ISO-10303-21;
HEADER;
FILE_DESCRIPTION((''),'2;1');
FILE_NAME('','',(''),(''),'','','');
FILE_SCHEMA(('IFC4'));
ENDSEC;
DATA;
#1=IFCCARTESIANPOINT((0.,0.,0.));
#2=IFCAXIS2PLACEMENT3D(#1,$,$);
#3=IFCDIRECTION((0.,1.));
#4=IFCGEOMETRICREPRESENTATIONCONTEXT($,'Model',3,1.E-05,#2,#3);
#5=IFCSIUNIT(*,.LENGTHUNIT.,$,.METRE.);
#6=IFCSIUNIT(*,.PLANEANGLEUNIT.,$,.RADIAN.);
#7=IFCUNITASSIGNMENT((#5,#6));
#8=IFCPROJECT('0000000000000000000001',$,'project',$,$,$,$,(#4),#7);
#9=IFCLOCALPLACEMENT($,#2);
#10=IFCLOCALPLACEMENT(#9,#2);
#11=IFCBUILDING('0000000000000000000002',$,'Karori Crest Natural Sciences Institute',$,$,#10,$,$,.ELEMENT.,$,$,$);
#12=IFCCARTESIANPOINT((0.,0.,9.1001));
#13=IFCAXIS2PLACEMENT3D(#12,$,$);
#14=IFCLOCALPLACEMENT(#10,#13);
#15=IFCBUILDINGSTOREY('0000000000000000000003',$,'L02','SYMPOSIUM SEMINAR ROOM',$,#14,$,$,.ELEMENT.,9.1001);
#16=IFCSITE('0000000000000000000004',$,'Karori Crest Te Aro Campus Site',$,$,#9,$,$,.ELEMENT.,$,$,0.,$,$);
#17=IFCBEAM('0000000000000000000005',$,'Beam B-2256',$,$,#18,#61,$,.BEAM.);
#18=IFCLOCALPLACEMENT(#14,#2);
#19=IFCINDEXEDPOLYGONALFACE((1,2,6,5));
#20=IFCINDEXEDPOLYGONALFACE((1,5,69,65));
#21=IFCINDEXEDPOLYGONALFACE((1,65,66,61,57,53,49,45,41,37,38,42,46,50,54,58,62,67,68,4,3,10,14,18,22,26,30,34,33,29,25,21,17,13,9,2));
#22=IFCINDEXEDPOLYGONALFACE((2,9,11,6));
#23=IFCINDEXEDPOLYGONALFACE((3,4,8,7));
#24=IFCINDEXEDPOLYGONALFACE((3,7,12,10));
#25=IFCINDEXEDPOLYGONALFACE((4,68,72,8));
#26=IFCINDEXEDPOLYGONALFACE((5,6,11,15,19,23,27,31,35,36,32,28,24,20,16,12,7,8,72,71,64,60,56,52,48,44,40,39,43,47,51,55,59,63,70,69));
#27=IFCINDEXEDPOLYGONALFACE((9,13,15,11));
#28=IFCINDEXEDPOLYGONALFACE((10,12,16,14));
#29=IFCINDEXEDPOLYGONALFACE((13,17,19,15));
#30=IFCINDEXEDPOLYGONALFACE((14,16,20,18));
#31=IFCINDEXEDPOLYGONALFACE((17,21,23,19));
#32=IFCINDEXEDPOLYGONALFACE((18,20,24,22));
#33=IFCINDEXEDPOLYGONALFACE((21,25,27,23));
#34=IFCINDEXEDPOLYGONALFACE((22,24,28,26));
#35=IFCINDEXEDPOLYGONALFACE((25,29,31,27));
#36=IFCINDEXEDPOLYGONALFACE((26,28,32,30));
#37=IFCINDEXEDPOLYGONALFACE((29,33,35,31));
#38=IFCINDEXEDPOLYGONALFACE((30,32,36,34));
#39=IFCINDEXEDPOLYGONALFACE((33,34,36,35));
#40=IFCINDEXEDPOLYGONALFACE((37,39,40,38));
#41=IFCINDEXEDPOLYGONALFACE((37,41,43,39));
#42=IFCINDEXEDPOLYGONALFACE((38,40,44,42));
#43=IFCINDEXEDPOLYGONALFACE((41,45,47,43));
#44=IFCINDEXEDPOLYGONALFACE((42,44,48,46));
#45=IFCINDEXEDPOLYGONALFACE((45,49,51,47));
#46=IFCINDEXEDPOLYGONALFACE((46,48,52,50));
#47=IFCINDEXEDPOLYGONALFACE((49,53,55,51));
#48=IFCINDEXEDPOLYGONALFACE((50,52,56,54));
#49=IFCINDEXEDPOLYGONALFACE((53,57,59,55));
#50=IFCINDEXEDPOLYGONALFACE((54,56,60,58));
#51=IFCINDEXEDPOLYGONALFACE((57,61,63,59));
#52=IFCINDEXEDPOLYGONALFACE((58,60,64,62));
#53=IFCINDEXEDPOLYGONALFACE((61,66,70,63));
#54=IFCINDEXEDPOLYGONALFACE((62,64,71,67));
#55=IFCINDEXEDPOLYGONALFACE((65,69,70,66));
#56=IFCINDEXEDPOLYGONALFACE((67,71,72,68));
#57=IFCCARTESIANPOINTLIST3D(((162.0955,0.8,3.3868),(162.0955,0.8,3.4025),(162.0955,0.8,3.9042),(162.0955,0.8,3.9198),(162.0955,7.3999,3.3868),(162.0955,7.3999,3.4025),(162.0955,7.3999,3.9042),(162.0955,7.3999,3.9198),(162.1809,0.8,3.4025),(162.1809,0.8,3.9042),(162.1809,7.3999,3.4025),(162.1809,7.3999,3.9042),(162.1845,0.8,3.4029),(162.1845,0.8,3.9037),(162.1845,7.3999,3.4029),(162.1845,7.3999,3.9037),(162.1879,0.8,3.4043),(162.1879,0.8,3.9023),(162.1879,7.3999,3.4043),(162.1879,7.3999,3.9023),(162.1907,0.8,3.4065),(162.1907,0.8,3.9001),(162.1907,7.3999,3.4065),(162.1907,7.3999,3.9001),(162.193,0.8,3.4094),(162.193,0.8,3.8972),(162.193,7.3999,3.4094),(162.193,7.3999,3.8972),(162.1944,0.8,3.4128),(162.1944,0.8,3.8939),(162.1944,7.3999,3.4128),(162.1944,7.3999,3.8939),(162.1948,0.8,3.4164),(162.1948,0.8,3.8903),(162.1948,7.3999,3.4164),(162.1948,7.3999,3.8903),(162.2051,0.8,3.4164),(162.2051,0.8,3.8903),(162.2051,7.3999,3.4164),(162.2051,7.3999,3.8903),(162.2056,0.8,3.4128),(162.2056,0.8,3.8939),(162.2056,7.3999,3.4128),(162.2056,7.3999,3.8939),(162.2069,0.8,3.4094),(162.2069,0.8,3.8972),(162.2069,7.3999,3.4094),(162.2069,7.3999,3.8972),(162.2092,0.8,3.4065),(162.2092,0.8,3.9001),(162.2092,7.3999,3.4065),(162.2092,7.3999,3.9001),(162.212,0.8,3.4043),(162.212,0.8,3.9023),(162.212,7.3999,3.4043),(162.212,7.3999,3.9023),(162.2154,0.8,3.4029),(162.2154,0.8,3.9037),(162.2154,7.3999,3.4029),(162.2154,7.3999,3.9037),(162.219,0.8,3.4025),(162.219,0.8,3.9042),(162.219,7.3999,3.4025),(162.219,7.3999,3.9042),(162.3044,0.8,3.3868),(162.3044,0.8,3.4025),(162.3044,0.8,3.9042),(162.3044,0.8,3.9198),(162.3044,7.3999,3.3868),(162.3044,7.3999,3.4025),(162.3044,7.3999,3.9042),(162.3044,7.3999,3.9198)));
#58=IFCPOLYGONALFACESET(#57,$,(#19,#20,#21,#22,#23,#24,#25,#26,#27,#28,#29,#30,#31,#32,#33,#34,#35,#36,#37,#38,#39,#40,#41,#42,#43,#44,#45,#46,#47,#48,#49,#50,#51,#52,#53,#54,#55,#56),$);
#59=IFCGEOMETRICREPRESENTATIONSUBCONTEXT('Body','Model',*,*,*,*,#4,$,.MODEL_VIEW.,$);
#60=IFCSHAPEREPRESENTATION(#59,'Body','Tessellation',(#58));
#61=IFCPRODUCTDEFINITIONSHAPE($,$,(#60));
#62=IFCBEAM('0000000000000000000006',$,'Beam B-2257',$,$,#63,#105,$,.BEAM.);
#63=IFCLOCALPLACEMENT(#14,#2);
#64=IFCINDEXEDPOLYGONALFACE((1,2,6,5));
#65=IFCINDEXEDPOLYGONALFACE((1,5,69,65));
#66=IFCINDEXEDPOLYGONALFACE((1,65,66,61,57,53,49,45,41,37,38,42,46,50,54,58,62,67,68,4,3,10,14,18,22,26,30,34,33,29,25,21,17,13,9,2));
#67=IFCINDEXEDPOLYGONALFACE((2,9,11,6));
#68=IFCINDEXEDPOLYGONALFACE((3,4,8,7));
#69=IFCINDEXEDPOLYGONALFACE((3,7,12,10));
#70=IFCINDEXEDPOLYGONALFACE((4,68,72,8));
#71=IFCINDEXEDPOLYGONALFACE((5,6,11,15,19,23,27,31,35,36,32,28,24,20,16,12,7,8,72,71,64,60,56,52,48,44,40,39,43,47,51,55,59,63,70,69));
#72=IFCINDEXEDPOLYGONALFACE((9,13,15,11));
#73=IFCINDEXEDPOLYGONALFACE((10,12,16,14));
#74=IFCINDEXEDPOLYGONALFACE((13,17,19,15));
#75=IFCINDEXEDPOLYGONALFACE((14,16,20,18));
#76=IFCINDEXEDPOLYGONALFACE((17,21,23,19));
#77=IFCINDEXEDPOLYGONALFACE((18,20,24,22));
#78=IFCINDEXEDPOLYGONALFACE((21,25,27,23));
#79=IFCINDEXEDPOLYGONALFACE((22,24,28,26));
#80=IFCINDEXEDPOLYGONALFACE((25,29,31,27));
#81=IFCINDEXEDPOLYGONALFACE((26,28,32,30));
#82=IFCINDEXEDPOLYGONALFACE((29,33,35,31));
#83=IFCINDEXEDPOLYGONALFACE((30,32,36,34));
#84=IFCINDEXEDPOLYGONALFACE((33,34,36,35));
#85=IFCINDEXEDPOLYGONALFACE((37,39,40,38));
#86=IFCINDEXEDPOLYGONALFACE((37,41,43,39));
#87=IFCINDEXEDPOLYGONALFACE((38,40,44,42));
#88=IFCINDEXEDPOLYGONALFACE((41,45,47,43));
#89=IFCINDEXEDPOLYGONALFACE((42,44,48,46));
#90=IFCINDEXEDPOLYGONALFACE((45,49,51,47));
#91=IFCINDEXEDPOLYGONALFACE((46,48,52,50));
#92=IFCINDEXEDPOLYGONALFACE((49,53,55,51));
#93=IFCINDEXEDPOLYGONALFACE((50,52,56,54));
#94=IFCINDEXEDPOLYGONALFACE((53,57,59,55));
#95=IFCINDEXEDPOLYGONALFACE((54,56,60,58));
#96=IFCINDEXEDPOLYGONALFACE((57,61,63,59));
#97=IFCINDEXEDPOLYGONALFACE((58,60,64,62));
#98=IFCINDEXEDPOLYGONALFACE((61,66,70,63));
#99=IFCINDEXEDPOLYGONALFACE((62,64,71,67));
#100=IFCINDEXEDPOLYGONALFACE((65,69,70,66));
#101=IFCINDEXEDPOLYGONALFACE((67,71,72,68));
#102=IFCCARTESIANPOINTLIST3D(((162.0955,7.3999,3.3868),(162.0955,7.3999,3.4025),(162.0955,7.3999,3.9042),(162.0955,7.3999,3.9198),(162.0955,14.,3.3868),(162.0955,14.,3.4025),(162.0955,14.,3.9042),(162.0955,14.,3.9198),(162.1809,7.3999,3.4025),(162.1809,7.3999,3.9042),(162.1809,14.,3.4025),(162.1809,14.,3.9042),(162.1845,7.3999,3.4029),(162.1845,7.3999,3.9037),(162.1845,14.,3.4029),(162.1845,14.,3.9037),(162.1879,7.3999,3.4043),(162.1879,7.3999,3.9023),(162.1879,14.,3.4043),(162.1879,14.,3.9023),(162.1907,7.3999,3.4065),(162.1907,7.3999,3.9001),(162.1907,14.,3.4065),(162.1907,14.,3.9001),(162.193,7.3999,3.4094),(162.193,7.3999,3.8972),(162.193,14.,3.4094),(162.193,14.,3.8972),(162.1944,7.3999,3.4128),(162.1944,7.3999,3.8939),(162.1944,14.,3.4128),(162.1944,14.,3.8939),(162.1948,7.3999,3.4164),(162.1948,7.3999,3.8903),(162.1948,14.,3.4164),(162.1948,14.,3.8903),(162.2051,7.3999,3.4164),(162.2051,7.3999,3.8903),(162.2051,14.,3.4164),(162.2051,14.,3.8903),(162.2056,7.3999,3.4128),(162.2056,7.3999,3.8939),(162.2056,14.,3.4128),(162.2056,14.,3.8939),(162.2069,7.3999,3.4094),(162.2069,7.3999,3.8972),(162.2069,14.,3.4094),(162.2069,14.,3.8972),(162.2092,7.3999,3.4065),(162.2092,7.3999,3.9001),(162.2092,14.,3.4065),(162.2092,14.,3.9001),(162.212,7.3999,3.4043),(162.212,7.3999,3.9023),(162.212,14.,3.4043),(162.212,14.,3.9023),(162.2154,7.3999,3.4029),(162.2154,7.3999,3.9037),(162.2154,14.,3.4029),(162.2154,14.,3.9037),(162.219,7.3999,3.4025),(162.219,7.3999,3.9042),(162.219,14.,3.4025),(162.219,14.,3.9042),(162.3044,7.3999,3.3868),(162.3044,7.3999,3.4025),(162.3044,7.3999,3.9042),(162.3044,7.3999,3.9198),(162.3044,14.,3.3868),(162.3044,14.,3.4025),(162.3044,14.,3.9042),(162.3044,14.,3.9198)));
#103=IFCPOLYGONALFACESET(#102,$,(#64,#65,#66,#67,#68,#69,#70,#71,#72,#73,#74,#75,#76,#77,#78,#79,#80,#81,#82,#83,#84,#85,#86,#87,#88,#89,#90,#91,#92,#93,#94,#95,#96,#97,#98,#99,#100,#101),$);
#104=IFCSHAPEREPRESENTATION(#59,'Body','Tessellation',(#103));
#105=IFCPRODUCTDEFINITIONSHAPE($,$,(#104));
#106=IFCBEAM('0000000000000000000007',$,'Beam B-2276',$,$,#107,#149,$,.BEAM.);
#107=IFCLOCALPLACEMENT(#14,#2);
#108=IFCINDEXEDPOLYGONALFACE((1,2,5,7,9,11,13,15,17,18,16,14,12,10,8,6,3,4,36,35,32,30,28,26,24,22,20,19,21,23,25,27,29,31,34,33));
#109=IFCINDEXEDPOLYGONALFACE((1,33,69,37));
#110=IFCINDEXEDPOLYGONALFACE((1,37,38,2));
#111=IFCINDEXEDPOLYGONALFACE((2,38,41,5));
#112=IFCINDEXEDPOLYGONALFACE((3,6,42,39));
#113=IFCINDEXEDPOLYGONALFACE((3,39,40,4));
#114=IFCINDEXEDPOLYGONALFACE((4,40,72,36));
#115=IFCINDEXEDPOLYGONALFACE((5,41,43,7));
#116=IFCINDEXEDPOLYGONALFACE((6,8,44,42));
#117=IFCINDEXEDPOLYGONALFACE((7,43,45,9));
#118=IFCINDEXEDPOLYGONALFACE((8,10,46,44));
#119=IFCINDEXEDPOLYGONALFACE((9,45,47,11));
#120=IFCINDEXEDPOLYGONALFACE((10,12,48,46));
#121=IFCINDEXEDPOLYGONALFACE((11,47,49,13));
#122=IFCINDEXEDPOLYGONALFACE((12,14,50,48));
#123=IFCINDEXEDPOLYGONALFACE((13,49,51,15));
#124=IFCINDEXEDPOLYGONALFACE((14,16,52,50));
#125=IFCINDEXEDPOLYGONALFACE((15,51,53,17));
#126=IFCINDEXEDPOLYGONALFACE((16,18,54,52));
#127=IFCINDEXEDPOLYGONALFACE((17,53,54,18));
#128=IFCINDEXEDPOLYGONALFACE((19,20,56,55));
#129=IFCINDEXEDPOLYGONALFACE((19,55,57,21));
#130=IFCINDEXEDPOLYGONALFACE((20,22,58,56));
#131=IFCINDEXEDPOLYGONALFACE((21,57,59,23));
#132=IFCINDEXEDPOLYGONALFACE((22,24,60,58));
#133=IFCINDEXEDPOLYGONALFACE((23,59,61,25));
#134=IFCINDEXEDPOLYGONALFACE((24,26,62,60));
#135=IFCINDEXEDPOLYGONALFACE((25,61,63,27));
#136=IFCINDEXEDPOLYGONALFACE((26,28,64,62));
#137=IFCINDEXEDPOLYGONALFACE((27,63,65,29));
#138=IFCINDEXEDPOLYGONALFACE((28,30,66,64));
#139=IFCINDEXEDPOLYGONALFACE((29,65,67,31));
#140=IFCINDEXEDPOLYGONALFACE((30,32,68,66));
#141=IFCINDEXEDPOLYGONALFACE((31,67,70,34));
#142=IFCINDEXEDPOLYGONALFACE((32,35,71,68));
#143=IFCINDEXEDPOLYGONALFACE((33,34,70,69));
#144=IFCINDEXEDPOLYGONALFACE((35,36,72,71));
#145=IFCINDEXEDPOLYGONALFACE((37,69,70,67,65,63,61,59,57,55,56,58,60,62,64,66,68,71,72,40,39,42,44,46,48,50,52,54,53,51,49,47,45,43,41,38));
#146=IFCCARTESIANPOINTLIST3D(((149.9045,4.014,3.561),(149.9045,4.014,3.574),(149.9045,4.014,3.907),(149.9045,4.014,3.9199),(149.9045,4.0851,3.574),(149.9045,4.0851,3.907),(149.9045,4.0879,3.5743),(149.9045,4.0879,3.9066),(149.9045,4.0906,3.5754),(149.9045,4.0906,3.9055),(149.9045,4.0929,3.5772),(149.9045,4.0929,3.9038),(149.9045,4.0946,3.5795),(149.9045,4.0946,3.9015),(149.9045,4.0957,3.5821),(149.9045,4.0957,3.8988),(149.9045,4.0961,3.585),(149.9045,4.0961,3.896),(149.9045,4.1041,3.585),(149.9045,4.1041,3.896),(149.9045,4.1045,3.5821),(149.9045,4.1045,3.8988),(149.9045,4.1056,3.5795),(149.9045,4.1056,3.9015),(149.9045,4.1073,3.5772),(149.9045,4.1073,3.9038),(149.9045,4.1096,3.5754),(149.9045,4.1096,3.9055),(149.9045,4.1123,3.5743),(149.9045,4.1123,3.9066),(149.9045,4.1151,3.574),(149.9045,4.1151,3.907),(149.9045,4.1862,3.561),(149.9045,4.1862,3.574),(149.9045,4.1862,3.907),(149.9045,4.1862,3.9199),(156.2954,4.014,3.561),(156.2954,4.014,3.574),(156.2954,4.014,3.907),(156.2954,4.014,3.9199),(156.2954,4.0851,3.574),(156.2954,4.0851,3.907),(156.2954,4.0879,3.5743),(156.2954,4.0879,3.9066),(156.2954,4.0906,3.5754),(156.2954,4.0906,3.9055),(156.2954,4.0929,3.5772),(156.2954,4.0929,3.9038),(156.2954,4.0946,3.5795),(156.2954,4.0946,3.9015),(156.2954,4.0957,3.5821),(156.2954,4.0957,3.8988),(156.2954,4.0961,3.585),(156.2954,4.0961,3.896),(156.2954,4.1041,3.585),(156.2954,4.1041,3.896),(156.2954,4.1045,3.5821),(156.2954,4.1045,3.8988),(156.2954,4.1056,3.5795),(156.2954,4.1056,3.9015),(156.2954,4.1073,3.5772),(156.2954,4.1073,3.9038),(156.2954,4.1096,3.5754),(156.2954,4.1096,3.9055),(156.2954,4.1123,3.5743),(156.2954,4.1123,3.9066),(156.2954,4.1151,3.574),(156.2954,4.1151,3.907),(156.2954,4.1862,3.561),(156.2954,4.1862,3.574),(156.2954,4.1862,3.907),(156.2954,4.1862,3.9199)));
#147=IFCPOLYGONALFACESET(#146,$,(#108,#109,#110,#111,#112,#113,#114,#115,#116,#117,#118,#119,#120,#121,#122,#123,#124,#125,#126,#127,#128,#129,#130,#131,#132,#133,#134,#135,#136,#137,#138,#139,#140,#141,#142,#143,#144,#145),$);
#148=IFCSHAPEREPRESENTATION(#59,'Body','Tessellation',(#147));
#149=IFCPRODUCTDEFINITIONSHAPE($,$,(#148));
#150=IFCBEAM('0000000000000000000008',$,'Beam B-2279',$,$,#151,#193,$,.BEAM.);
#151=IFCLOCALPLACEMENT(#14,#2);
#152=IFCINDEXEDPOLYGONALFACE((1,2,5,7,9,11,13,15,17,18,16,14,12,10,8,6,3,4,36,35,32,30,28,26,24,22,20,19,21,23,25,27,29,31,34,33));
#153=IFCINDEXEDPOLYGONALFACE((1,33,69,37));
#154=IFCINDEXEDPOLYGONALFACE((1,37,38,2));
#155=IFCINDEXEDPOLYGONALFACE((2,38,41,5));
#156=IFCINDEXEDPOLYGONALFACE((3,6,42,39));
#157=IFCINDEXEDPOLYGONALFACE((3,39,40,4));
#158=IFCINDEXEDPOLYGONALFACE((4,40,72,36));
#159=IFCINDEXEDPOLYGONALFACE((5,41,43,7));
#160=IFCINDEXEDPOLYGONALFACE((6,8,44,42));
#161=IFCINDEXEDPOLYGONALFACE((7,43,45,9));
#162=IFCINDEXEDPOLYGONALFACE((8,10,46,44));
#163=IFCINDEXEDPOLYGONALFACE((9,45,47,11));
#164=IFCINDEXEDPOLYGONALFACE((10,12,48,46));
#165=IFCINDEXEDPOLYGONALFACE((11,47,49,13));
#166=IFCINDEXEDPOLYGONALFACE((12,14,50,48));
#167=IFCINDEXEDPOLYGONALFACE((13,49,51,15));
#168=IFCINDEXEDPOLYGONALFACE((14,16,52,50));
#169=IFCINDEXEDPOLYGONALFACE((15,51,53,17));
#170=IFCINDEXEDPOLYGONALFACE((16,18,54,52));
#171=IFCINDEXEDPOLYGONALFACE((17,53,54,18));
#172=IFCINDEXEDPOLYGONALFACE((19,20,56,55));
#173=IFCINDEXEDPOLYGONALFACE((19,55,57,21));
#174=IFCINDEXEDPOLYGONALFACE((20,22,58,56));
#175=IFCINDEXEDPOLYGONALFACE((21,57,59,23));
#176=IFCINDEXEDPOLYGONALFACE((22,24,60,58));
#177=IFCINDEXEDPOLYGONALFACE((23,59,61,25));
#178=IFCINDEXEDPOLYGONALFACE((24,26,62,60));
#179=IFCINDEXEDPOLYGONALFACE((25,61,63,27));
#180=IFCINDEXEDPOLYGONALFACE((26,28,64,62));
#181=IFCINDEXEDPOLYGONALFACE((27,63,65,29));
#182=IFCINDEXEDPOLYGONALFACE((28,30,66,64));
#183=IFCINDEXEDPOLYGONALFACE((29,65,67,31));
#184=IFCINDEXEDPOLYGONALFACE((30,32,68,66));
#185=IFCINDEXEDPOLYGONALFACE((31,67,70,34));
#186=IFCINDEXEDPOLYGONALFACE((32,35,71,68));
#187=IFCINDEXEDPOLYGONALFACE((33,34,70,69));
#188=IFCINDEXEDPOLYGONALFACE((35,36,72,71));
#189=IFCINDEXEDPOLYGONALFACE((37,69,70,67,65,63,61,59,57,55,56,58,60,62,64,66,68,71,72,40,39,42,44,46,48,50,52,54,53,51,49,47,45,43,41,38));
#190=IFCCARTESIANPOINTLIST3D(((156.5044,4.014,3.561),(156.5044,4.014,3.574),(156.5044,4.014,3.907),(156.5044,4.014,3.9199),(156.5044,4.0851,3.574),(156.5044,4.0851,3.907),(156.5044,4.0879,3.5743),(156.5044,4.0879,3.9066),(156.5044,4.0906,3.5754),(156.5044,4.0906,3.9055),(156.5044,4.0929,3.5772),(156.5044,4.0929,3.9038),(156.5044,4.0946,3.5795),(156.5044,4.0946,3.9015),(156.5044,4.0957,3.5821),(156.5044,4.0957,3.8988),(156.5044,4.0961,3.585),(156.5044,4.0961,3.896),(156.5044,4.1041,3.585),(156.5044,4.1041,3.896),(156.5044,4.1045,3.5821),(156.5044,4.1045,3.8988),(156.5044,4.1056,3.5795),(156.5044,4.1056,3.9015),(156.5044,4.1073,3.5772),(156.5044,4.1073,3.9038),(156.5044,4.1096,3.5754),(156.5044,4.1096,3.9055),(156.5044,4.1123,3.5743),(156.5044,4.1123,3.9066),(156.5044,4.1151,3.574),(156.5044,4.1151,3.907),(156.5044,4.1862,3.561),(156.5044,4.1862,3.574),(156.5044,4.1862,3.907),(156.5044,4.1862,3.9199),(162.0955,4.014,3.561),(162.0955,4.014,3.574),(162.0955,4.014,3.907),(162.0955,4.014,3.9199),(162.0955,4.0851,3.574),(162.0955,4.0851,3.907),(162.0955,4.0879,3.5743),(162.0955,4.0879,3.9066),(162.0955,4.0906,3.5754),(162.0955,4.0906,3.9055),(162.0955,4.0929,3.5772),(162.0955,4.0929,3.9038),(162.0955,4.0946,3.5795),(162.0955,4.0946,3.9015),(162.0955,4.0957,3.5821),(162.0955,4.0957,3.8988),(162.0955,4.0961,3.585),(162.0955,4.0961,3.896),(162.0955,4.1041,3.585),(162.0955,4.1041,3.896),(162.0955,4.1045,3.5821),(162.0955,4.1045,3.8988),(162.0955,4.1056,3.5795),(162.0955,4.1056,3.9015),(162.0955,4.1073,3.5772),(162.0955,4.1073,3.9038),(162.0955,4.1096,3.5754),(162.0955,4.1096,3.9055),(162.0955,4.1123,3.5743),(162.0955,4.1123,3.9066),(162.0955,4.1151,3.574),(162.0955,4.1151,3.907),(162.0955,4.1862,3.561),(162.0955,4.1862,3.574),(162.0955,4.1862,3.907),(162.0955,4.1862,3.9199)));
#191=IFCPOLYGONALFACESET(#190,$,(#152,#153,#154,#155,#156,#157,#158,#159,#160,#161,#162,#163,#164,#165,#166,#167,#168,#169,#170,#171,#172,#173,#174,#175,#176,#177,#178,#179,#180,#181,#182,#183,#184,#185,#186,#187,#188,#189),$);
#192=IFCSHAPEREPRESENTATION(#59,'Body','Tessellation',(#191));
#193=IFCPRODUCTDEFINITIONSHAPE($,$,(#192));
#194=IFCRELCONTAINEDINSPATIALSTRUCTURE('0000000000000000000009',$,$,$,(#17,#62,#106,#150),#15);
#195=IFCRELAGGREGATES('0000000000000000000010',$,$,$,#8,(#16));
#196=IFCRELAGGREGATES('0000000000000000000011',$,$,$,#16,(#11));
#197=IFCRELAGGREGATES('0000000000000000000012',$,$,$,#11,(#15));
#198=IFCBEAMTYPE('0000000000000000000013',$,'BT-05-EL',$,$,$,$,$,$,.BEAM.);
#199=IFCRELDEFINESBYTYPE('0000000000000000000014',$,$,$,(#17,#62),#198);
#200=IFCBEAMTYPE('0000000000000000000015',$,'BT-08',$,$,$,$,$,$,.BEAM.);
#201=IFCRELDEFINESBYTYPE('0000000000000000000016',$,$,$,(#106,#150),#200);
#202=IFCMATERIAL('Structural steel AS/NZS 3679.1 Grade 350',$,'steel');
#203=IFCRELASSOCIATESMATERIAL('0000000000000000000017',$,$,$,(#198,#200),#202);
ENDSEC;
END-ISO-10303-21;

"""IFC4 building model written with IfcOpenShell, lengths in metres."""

from ifc_helpers import new_model, si_unit, direction, frame, origin, origin_2d, place, context, subcontext, project, spatial, i_section, extrude, material, material_profile, profile_set, type_object, element, save


model = new_model("IFC4")

# Units and contexts
model_context = context("Model", 3, precision=1e-05, world=origin(), true_north=direction((0.0, 1.0)))
body_context = subcontext(model_context, "Body", "Model", "MODEL_VIEW")
ifc_project = project(units=[si_unit("LENGTHUNIT", "METRE"), si_unit("PLANEANGLEUNIT", "RADIAN")], contexts=[model_context])

# Site, building, storey
site_placement = place(None, origin())
site = spatial("IfcSite", under=ifc_project, at=site_placement, Name="Karori Crest Te Aro Campus Site", CompositionType="ELEMENT", RefElevation=0.0)
building_placement = place(site_placement, origin())
building = spatial("IfcBuilding", under=site, at=building_placement, Name="Karori Crest Natural Sciences Institute", CompositionType="ELEMENT")
storey_placement = place(building_placement, frame((0.0, 0.0, 9.1001)))
storey = spatial("IfcBuildingStorey", under=building, at=storey_placement, Name="L02", Description="SYMPOSIUM SEMINAR ROOM", CompositionType="ELEMENT", Elevation=9.1001)

# Shared definitions
ifc_material_1 = material(Name="Structural steel AS/NZS 3679.1 Grade 350", Category="steel")

# Beams
ifc_material_profile_1 = material_profile(ifc_material_1, i_section(OverallWidth=0.209, OverallDepth=0.533, WebThickness=0.0103, FlangeThickness=0.0156, FilletRadius=0.0139, at=origin_2d()), Name="530UB92.4")
ifc_profile_set_1 = profile_set([ifc_material_profile_1], Name="Structural steel AS/NZS 3679.1 Grade 350")
beam_type_1 = type_object("IfcBeamType", Name="BT-05-EL", PredefinedType="BEAM", material=ifc_profile_set_1)
beam_1_placement = place(storey_placement, frame((162.2, 0.8, 3.6533), z_axis=(0.0, 1.0, 0.0), x_axis=(-1.0, 0.0, 0.0)))
element("IfcBeam", 1, at=beam_1_placement, inside=storey, type_object=beam_type_1, Name="Beam B-2256", PredefinedType="BEAM", context=body_context, shape_type="SweptSolid", body=[
    extrude(i_section(OverallWidth=0.209, OverallDepth=0.533, WebThickness=0.0103, FlangeThickness=0.0156, FilletRadius=0.0139, at=origin_2d()), origin(), (0.0, 0.0, 1.0), 6.5999),
])
beam_2_placement = place(storey_placement, frame((162.2, 7.3999, 3.6533), z_axis=(0.0, 1.0, 0.0), x_axis=(-1.0, 0.0, 0.0)))
element("IfcBeam", 2, at=beam_2_placement, inside=storey, type_object=beam_type_1, Name="Beam B-2257", PredefinedType="BEAM", context=body_context, shape_type="SweptSolid", body=[
    extrude(i_section(OverallWidth=0.209, OverallDepth=0.533, WebThickness=0.0103, FlangeThickness=0.0156, FilletRadius=0.0139, at=origin_2d()), origin(), (0.0, 0.0, 1.0), 6.6001),
])
ifc_material_profile_2 = material_profile(ifc_material_1, i_section(OverallWidth=0.1721, OverallDepth=0.3589, WebThickness=0.0081, FlangeThickness=0.0129, FilletRadius=0.011, at=origin_2d()), Name="360UB56.7")
ifc_profile_set_2 = profile_set([ifc_material_profile_2], Name="Structural steel AS/NZS 3679.1 Grade 350")
beam_type_2 = type_object("IfcBeamType", Name="BT-08", PredefinedType="BEAM", material=ifc_profile_set_2)
beam_3_placement = place(storey_placement, frame((149.9045, 4.1001, 3.7405), z_axis=(1.0, 0.0, 0.0), x_axis=(0.0, 1.0, 0.0)))
element("IfcBeam", 3, at=beam_3_placement, inside=storey, type_object=beam_type_2, Name="Beam B-2276", PredefinedType="BEAM", context=body_context, shape_type="SweptSolid", body=[
    extrude(i_section(OverallWidth=0.1721, OverallDepth=0.3589, WebThickness=0.0081, FlangeThickness=0.0129, FilletRadius=0.011, at=origin_2d()), origin(), (0.0, 0.0, 1.0), 6.3909),
])
beam_4_placement = place(storey_placement, frame((156.5044, 4.1001, 3.7405), z_axis=(1.0, 0.0, 0.0), x_axis=(0.0, 1.0, 0.0)))
element("IfcBeam", 4, at=beam_4_placement, inside=storey, type_object=beam_type_2, Name="Beam B-2279", PredefinedType="BEAM", context=body_context, shape_type="SweptSolid", body=[
    extrude(i_section(OverallWidth=0.1721, OverallDepth=0.3589, WebThickness=0.0081, FlangeThickness=0.0129, FilletRadius=0.011, at=origin_2d()), origin(), (0.0, 0.0, 1.0), 5.5911),
])

save(model, "model.ifc")
